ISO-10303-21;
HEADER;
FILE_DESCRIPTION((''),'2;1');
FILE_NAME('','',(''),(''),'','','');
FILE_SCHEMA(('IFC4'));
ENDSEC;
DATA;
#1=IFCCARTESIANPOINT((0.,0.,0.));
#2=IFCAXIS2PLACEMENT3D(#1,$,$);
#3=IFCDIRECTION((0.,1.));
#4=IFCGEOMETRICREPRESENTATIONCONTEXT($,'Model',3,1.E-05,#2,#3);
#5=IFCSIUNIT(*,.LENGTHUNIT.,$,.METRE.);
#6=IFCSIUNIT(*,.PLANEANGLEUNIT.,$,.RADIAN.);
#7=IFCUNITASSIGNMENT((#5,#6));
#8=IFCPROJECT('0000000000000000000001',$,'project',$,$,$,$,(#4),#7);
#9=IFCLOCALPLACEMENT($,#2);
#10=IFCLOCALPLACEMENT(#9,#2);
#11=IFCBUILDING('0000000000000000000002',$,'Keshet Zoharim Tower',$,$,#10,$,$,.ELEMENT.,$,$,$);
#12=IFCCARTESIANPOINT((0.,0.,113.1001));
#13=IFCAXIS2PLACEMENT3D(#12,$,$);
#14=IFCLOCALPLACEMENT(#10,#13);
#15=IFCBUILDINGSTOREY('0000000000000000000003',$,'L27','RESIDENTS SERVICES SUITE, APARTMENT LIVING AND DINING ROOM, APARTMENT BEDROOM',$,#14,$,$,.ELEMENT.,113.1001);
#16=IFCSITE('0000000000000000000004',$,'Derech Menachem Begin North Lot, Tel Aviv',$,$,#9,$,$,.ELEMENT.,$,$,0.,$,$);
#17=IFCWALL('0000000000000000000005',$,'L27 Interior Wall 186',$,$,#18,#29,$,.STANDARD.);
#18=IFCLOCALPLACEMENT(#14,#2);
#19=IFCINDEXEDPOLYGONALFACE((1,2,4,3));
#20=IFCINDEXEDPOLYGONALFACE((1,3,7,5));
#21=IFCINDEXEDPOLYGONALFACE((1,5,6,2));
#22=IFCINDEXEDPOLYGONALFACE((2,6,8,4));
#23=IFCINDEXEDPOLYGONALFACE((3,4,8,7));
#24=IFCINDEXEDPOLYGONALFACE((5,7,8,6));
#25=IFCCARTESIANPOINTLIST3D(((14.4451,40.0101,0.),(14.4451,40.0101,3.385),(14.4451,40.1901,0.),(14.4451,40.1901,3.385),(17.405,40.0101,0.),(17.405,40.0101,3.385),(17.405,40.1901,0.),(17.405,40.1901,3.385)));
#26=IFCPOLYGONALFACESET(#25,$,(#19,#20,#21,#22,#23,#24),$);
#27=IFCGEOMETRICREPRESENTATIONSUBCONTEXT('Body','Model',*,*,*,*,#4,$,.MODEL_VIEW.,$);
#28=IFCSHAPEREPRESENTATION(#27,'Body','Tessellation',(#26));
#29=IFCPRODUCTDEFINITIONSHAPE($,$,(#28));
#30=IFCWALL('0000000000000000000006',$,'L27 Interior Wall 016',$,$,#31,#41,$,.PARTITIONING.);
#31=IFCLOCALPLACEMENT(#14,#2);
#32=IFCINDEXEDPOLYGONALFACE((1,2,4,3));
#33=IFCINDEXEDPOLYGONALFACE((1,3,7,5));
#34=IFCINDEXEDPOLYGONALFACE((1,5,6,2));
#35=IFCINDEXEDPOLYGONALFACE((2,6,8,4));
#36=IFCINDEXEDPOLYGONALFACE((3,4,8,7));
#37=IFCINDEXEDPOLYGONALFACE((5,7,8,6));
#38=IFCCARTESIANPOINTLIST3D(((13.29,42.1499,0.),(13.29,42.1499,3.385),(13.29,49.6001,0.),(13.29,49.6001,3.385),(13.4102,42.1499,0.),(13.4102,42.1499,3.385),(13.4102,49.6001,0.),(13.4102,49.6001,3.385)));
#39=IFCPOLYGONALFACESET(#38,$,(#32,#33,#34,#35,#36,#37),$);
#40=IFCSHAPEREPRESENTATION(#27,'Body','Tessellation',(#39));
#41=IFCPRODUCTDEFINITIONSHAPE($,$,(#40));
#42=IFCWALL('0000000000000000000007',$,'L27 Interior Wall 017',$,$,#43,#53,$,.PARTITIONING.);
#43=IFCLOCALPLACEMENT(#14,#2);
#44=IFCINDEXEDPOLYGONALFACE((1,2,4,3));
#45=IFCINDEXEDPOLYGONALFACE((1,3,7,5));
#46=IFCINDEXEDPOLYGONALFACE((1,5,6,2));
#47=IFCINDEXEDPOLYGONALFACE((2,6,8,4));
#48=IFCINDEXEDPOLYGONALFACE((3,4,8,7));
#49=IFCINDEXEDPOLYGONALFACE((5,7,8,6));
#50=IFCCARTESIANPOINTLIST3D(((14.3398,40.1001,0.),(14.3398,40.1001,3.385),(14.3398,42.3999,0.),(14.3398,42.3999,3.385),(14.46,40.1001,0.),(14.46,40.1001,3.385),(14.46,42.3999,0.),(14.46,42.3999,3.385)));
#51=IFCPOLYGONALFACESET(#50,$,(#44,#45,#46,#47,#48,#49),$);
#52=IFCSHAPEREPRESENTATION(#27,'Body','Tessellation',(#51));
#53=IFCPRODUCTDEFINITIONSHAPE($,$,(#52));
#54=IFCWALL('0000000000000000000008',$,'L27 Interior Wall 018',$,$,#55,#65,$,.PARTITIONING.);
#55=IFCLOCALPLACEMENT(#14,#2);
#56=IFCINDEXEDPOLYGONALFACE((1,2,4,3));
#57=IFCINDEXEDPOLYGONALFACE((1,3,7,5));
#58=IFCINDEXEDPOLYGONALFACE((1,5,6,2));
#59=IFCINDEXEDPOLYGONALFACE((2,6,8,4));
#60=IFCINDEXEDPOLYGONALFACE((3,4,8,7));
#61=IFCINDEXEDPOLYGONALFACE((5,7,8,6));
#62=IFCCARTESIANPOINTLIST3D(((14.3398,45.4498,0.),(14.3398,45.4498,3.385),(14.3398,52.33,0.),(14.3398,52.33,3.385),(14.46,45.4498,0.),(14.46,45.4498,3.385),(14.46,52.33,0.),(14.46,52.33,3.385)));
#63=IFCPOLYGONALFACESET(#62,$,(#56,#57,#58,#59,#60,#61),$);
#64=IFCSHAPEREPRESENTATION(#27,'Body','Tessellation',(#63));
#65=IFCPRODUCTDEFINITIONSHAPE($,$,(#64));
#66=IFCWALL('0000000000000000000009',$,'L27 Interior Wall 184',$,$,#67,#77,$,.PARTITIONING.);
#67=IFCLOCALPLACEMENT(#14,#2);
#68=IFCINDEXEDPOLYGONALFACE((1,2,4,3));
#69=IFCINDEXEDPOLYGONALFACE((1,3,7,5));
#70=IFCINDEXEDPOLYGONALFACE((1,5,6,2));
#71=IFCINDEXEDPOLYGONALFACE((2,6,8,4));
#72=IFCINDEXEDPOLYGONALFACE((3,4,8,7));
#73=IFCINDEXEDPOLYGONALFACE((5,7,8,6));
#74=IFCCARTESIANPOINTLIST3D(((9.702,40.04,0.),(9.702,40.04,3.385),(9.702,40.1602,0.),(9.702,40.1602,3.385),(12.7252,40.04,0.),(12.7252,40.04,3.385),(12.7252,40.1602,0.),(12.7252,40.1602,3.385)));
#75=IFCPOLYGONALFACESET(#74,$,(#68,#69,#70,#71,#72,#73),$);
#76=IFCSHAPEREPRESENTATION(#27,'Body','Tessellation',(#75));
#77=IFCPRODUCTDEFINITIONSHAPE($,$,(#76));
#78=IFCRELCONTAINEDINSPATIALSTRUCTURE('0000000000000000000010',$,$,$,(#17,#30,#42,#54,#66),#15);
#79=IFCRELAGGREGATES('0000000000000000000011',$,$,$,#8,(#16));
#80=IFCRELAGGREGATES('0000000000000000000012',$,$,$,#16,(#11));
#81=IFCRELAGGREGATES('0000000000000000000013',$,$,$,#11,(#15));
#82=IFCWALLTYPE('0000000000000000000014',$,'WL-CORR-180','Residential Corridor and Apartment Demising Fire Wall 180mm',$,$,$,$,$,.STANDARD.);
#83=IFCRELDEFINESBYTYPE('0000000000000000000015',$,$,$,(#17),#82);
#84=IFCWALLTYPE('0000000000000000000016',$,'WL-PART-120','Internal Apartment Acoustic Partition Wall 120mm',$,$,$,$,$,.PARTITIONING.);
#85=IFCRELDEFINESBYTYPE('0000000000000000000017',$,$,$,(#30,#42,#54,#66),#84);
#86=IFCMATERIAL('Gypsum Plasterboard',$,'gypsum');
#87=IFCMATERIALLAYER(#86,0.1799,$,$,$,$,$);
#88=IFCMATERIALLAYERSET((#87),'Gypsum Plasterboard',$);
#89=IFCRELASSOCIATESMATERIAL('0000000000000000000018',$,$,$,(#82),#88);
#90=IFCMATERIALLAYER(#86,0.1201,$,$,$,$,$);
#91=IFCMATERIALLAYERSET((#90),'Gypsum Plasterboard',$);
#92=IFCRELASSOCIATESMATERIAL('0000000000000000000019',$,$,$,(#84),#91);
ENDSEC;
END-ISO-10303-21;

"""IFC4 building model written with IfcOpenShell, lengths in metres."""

from ifc_helpers import new_model, si_unit, direction, frame, frame_2d, origin, place, context, subcontext, project, spatial, rectangle, extrude, material, layer, layer_set, type_object, element, save


model = new_model("IFC4")

# Units and contexts
model_context = context("Model", 3, precision=1e-05, world=origin(), true_north=direction((0.0, 1.0)))
body_context = subcontext(model_context, "Body", "Model", "MODEL_VIEW")
ifc_project = project(units=[si_unit("LENGTHUNIT", "METRE"), si_unit("PLANEANGLEUNIT", "RADIAN")], contexts=[model_context])

# Site, building, storey
site_placement = place(None, origin())
site = spatial("IfcSite", under=ifc_project, at=site_placement, Name="Derech Menachem Begin North Lot, Tel Aviv", CompositionType="ELEMENT", RefElevation=0.0)
building_placement = place(site_placement, origin())
building = spatial("IfcBuilding", under=site, at=building_placement, Name="Keshet Zoharim Tower", CompositionType="ELEMENT")
storey_placement = place(building_placement, frame((0.0, 0.0, 113.1001)))
storey = spatial("IfcBuildingStorey", under=building, at=storey_placement, Name="L27", Description="RESIDENTS SERVICES SUITE, APARTMENT LIVING AND DINING ROOM, APARTMENT BEDROOM", CompositionType="ELEMENT", Elevation=113.1001)

# Walls
ifc_material_1 = material(Name="Gypsum Plasterboard", Category="gypsum")
ifc_layer_1 = layer(ifc_material_1, 0.1799)
ifc_layer_set_1 = layer_set([ifc_layer_1], Name="Gypsum Plasterboard")
wall_type_1 = type_object("IfcWallType", Name="WL-CORR-180", Description="Residential Corridor and Apartment Demising Fire Wall 180mm", PredefinedType="STANDARD", material=ifc_layer_set_1)
wall_1_placement = place(storey_placement, frame((14.4451, 40.1001, 0.0), z_axis=(0.0, 0.0, 1.0), x_axis=(1.0, 0.0, 0.0)))
element("IfcWall", 1, at=wall_1_placement, inside=storey, type_object=wall_type_1, Name="L27 Interior Wall 186", PredefinedType="STANDARD", context=body_context, shape_type="SweptSolid", body=[
    extrude(rectangle(XDim=2.96, YDim=0.1799, at=frame_2d((1.48, 0.0))), origin(), (0.0, 0.0, 1.0), 3.385),
])
ifc_layer_2 = layer(ifc_material_1, 0.1201)
ifc_layer_set_2 = layer_set([ifc_layer_2], Name="Gypsum Plasterboard")
wall_type_2 = type_object("IfcWallType", Name="WL-PART-120", Description="Internal Apartment Acoustic Partition Wall 120mm", PredefinedType="PARTITIONING", material=ifc_layer_set_2)
wall_2_placement = place(storey_placement, frame((13.3501, 42.1499, 0.0), z_axis=(0.0, 0.0, 1.0), x_axis=(0.0, 1.0, 0.0)))
element("IfcWall", 2, at=wall_2_placement, inside=storey, type_object=wall_type_2, Name="L27 Interior Wall 016", PredefinedType="PARTITIONING", context=body_context, shape_type="SweptSolid", body=[
    extrude(rectangle(XDim=7.4502, YDim=0.1201, at=frame_2d((3.7251, 0.0))), origin(), (0.0, 0.0, 1.0), 3.385),
])
wall_3_placement = place(storey_placement, frame((14.3999, 40.1001, 0.0), z_axis=(0.0, 0.0, 1.0), x_axis=(0.0, 1.0, 0.0)))
element("IfcWall", 3, at=wall_3_placement, inside=storey, type_object=wall_type_2, Name="L27 Interior Wall 017", PredefinedType="PARTITIONING", context=body_context, shape_type="SweptSolid", body=[
    extrude(rectangle(XDim=2.2998, YDim=0.1201, at=frame_2d((1.1499, 0.0))), origin(), (0.0, 0.0, 1.0), 3.385),
])
wall_4_placement = place(storey_placement, frame((14.3999, 45.45, 0.0), z_axis=(0.0, 0.0, 1.0), x_axis=(0.0, 1.0, 0.0)))
element("IfcWall", 4, at=wall_4_placement, inside=storey, type_object=wall_type_2, Name="L27 Interior Wall 018", PredefinedType="PARTITIONING", context=body_context, shape_type="SweptSolid", body=[
    extrude(rectangle(XDim=6.8801, YDim=0.1201, at=frame_2d((3.4399, 0.0))), origin(), (0.0, 0.0, 1.0), 3.385),
])
wall_5_placement = place(storey_placement, frame((9.7019, 40.1001, 0.0), z_axis=(0.0, 0.0, 1.0), x_axis=(1.0, 0.0, 0.0)))
element("IfcWall", 5, at=wall_5_placement, inside=storey, type_object=wall_type_2, Name="L27 Interior Wall 184", PredefinedType="PARTITIONING", context=body_context, shape_type="SweptSolid", body=[
    extrude(rectangle(XDim=3.0232, YDim=0.1201, at=frame_2d((1.5117, 0.0))), origin(), (0.0, 0.0, 1.0), 3.385),
])

save(model, "model.ifc")
